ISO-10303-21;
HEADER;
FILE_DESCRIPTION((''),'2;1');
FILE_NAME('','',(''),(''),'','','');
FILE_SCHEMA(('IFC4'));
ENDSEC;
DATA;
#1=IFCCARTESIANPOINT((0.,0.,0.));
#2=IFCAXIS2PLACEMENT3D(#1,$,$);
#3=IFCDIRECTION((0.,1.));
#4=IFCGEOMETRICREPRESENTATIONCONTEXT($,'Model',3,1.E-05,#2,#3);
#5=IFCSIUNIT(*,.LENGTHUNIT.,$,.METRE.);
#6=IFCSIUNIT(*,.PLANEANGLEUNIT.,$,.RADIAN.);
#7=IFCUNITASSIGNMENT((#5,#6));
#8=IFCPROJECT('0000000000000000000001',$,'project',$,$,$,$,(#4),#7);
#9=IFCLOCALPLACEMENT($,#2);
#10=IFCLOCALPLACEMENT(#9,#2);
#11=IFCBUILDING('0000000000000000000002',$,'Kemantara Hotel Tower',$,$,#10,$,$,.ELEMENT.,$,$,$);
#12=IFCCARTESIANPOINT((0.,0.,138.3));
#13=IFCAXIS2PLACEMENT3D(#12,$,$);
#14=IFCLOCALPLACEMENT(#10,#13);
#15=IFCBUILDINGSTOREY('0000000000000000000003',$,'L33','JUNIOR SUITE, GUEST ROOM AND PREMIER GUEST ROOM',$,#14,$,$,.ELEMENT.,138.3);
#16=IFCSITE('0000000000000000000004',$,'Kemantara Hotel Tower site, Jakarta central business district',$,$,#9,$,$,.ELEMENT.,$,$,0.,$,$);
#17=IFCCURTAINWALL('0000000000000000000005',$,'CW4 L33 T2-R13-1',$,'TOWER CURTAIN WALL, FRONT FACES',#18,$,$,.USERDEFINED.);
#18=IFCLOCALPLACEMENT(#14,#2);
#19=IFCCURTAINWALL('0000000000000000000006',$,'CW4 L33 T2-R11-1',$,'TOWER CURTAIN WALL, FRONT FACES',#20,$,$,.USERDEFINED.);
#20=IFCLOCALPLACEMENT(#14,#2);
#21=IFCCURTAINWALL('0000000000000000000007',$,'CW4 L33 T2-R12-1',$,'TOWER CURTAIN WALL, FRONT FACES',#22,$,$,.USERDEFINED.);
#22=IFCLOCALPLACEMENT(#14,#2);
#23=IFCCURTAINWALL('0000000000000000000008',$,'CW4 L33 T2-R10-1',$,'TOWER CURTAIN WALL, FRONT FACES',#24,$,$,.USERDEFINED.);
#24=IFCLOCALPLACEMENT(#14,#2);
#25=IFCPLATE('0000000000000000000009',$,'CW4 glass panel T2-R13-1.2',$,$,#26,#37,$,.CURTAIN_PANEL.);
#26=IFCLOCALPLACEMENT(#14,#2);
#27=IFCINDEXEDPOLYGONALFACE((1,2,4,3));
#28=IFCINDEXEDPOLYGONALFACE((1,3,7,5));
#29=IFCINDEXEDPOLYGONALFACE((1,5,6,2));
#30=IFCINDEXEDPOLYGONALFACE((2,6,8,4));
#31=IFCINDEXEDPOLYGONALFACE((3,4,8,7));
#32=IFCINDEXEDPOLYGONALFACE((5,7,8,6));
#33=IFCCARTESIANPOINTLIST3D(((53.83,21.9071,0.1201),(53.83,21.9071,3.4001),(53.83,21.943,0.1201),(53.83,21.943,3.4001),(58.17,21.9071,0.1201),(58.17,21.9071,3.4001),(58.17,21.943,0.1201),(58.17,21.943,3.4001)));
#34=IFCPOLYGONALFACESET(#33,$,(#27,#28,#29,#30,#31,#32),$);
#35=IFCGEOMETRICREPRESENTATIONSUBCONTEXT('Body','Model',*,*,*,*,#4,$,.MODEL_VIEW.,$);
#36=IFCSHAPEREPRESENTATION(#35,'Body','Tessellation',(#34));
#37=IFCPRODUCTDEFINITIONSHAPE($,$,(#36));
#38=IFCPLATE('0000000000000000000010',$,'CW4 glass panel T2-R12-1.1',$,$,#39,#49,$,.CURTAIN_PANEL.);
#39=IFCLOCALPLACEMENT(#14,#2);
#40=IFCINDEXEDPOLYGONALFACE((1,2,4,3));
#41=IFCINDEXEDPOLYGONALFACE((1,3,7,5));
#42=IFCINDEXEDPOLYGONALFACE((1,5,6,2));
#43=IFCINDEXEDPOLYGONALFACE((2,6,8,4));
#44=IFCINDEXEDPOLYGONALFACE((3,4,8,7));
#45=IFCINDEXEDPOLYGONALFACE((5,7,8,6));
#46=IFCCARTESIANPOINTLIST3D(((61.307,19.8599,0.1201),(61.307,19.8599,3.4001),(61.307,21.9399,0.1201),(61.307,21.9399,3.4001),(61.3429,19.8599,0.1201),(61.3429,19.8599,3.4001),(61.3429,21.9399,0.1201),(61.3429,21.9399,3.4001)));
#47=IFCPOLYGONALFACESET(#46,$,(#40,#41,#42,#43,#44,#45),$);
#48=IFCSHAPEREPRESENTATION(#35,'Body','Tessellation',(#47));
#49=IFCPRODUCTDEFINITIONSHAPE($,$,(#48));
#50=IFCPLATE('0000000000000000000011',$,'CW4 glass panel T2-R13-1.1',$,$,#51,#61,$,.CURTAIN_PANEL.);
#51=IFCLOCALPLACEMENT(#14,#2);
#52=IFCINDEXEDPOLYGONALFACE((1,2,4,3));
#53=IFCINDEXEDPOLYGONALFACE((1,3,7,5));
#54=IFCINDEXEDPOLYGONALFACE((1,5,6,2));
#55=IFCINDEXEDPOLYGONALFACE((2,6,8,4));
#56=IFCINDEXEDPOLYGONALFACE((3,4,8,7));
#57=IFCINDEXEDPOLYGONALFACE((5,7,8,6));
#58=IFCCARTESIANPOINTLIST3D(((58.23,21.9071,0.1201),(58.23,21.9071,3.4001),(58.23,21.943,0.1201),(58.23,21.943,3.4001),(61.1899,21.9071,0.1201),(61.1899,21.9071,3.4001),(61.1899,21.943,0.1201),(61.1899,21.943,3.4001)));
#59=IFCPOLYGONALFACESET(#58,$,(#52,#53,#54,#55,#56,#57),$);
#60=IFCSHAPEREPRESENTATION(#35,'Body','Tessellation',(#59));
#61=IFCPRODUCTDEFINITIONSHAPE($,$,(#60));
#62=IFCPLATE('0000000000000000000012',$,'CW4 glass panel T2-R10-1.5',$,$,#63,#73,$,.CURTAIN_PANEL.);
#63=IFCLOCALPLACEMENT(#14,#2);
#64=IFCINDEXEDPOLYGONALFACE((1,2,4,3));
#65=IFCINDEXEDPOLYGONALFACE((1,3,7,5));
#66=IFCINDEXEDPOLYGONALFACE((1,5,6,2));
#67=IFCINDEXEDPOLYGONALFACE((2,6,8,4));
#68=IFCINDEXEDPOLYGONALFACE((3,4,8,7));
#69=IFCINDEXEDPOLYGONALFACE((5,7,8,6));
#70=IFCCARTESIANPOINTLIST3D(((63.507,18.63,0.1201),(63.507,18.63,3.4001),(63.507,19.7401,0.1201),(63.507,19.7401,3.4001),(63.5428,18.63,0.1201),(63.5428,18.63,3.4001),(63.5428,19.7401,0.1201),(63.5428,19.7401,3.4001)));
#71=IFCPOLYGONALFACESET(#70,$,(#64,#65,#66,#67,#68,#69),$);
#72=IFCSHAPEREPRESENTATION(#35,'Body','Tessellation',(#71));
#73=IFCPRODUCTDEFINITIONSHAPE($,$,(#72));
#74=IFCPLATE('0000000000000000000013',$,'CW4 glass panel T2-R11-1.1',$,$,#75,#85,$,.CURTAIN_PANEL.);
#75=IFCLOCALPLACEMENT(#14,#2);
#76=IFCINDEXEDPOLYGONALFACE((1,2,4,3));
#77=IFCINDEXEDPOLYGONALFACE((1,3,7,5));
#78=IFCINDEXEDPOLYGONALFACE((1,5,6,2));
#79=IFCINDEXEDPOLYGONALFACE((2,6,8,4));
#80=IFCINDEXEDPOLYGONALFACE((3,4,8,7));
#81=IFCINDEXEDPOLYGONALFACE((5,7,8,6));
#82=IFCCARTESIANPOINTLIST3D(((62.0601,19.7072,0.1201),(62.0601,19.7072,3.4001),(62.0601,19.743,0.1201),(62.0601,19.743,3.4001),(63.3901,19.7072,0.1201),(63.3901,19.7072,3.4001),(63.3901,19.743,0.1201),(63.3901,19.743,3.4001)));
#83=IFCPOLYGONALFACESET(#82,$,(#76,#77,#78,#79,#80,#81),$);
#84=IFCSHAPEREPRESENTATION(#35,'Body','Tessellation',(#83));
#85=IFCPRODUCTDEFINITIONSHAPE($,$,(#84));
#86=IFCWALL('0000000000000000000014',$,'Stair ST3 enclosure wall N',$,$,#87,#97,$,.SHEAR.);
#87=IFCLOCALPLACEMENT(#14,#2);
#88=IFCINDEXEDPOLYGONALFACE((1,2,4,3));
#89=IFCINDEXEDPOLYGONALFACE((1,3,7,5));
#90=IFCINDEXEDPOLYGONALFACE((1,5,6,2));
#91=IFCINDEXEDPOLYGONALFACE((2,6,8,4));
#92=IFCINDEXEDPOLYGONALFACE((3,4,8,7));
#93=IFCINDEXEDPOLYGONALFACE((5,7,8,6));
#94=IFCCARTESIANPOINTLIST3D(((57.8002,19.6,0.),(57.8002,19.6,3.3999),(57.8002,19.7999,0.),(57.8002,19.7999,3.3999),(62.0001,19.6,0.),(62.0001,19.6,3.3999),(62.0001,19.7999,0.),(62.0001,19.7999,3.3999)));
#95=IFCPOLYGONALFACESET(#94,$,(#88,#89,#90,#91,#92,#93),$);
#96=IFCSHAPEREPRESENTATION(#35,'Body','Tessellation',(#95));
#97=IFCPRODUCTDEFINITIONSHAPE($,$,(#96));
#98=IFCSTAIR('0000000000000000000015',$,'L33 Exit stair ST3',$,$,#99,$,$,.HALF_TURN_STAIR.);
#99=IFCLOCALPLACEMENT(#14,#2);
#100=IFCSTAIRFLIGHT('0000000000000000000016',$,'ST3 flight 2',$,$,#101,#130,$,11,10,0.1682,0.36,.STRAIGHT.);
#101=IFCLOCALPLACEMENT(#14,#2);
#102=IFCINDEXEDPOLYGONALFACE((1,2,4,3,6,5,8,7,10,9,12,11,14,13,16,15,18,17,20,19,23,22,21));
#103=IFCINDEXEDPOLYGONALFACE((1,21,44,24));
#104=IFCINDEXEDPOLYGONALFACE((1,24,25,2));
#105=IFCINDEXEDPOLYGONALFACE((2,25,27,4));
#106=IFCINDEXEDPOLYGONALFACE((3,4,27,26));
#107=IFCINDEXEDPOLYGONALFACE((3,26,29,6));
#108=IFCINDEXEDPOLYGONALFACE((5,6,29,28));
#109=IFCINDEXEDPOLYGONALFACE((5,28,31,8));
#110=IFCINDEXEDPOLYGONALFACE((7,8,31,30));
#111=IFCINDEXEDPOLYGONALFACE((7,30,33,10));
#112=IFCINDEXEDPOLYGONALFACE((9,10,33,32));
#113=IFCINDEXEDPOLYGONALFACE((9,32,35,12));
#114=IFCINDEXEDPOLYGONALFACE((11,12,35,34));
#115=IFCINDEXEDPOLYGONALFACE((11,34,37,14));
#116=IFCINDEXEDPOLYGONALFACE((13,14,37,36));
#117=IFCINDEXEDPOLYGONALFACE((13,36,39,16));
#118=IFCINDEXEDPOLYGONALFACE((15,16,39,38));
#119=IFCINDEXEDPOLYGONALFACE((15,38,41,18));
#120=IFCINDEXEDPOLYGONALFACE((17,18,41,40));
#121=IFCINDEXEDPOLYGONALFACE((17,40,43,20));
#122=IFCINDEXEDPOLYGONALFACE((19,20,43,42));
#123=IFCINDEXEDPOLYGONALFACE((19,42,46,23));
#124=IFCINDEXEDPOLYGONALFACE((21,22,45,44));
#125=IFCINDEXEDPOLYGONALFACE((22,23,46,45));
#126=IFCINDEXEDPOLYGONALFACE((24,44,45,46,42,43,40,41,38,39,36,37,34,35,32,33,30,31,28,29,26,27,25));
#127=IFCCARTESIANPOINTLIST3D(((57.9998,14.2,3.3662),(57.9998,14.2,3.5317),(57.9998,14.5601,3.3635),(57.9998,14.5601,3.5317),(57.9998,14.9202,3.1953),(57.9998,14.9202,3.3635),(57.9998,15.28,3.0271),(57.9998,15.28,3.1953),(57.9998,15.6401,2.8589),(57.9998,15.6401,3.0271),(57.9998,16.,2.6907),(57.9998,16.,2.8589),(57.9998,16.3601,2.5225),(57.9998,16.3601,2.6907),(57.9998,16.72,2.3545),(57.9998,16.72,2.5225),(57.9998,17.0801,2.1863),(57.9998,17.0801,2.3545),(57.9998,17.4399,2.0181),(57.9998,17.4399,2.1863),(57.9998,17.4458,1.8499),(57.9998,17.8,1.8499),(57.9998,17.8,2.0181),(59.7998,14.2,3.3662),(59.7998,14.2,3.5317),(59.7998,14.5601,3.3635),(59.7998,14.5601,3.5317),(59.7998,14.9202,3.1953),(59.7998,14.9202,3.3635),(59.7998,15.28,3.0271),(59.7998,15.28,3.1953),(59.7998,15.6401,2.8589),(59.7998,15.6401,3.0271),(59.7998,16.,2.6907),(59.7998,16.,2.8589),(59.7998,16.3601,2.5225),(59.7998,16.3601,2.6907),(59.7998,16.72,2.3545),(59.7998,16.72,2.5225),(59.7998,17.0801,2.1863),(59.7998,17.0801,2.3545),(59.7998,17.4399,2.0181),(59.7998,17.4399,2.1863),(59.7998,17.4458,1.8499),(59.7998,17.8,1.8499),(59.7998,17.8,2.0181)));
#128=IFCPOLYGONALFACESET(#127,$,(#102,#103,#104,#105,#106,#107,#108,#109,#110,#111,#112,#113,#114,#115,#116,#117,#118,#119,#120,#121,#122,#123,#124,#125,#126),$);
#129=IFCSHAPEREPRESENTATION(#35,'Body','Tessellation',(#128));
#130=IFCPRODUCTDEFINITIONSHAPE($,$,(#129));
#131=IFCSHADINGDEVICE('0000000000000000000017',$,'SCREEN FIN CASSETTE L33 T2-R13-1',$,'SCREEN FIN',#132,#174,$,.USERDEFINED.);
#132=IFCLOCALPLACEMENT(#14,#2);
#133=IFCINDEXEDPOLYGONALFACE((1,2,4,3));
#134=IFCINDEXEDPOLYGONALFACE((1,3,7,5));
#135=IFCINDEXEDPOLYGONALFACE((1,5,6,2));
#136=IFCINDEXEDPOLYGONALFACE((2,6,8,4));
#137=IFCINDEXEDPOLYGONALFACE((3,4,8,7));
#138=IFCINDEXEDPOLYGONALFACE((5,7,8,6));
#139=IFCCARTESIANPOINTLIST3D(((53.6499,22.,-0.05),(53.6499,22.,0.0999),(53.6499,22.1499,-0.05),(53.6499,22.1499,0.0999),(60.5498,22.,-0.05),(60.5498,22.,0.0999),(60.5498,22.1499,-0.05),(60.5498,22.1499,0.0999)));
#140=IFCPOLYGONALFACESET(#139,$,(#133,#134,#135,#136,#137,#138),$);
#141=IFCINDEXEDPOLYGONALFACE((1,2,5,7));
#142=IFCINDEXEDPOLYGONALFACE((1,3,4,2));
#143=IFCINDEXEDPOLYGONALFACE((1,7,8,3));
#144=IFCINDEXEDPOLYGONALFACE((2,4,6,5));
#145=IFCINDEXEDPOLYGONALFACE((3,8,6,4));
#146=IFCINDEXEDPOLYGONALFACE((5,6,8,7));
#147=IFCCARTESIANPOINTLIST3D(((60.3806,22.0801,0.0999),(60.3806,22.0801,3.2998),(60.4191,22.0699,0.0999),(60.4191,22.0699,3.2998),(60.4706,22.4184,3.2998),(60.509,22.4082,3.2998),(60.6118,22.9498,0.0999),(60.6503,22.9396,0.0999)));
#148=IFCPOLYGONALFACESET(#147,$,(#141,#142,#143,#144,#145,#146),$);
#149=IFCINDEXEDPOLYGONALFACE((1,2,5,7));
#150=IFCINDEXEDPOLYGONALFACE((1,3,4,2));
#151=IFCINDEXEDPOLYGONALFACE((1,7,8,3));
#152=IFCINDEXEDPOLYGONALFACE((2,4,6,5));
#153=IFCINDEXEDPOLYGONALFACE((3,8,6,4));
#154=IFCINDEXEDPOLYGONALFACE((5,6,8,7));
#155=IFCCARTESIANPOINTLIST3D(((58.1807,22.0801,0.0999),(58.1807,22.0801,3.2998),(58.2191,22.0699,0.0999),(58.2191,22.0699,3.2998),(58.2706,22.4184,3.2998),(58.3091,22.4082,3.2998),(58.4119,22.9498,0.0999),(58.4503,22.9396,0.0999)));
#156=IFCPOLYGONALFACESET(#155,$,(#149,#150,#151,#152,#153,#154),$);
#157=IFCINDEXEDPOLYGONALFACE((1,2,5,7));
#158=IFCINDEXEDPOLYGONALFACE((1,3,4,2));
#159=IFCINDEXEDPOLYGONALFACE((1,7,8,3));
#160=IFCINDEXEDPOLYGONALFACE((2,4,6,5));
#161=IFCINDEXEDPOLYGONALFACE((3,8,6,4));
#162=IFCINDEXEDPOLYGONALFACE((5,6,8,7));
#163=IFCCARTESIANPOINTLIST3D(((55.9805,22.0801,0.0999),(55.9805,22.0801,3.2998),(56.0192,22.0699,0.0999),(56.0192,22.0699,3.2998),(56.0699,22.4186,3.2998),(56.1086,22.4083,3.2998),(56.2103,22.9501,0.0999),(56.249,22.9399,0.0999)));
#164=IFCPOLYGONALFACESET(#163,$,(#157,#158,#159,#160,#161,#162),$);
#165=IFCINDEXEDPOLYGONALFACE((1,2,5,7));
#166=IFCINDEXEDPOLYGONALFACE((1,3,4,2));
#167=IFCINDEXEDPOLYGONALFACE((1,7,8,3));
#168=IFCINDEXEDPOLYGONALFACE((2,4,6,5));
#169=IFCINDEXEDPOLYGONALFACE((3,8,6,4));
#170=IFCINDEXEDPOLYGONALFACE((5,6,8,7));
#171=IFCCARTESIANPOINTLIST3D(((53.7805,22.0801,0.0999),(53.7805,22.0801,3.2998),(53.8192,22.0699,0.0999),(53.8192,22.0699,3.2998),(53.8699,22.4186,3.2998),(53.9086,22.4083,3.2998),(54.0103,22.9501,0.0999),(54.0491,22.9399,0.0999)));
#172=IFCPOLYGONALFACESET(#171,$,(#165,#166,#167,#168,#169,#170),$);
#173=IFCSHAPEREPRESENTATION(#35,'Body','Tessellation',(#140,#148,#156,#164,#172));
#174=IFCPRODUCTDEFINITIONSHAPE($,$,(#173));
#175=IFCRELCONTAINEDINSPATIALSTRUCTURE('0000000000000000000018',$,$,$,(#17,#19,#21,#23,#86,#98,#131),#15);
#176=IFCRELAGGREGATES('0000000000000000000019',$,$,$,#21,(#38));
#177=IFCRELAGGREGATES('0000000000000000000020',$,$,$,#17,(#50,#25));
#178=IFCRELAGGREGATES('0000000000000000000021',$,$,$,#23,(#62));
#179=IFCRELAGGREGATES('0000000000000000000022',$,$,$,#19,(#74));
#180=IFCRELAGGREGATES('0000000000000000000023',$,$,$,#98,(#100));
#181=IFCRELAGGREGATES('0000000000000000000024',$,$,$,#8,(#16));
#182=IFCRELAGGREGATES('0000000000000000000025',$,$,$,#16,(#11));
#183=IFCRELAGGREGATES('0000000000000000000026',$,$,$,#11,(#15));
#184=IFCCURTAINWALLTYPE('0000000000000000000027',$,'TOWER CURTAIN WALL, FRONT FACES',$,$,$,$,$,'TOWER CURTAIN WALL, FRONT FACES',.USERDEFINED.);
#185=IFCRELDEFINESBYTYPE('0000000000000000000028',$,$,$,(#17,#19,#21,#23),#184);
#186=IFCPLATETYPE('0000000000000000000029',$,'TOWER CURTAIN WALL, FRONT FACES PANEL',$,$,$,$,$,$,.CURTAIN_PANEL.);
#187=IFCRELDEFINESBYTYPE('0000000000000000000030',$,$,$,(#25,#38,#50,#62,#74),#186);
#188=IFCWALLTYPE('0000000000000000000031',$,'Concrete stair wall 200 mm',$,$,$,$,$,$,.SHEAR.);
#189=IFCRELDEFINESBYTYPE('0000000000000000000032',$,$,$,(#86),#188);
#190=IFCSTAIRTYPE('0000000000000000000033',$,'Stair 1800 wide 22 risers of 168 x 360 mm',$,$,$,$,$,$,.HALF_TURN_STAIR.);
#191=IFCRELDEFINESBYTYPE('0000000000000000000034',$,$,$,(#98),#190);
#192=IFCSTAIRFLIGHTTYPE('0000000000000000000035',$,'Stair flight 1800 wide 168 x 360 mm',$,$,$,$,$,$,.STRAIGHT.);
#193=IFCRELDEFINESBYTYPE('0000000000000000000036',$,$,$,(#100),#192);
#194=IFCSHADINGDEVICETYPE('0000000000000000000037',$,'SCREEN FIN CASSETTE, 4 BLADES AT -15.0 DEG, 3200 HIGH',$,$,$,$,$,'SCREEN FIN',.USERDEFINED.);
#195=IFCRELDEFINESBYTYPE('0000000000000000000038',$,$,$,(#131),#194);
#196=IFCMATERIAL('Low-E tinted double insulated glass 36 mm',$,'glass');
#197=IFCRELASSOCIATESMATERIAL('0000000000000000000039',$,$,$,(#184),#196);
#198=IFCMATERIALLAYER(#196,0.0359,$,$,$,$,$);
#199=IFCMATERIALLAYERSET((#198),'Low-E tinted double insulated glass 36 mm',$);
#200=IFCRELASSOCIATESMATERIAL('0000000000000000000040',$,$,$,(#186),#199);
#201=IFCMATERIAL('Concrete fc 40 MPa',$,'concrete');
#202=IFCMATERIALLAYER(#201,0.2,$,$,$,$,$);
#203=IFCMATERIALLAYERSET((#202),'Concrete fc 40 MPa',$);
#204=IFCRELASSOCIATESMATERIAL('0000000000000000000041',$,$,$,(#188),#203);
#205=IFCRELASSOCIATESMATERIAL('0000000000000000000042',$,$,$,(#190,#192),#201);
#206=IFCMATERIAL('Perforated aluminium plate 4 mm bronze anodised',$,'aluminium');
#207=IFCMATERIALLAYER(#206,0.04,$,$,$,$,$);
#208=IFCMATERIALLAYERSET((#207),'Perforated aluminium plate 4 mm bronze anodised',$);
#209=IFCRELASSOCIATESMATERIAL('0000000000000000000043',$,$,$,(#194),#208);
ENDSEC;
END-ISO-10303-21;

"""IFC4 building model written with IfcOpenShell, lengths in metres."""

from ifc_helpers import new_model, si_unit, direction, frame, frame_2d, origin, origin_2d, place, context, subcontext, project, spatial, polyline, rectangle, outline, extrude, source, transform, mapped, material, layer, layer_set, type_object, element, aggregate, save


model = new_model("IFC4")

# Units and contexts
model_context = context("Model", 3, precision=1e-05, world=origin(), true_north=direction((0.0, 1.0)))
body_context = subcontext(model_context, "Body", "Model", "MODEL_VIEW")
ifc_project = project(units=[si_unit("LENGTHUNIT", "METRE"), si_unit("PLANEANGLEUNIT", "RADIAN")], contexts=[model_context])

# Site, building, storey
site_placement = place(None, origin())
site = spatial("IfcSite", under=ifc_project, at=site_placement, Name="Kemantara Hotel Tower site, Jakarta central business district", CompositionType="ELEMENT", RefElevation=0.0)
building_placement = place(site_placement, origin())
building = spatial("IfcBuilding", under=site, at=building_placement, Name="Kemantara Hotel Tower", CompositionType="ELEMENT")
storey_placement = place(building_placement, frame((0.0, 0.0, 138.3)))
storey = spatial("IfcBuildingStorey", under=building, at=storey_placement, Name="L33", Description="JUNIOR SUITE, GUEST ROOM AND PREMIER GUEST ROOM", CompositionType="ELEMENT", Elevation=138.3)

# Curtain walls
ifc_material_1 = material(Name="Low-E tinted double insulated glass 36 mm", Category="glass")
curtain_wall_type = type_object("IfcCurtainWallType", Name="TOWER CURTAIN WALL, FRONT FACES", ElementType="TOWER CURTAIN WALL, FRONT FACES", PredefinedType="USERDEFINED", material=ifc_material_1)
curtain_wall_1_placement = place(storey_placement, origin())
curtain_wall_1 = element("IfcCurtainWall", 1, at=curtain_wall_1_placement, inside=storey, type_object=curtain_wall_type, Name="CW4 L33 T2-R13-1", ObjectType="TOWER CURTAIN WALL, FRONT FACES", PredefinedType="USERDEFINED")
curtain_wall_2_placement = place(storey_placement, origin())
curtain_wall_2 = element("IfcCurtainWall", 2, at=curtain_wall_2_placement, inside=storey, type_object=curtain_wall_type, Name="CW4 L33 T2-R11-1", ObjectType="TOWER CURTAIN WALL, FRONT FACES", PredefinedType="USERDEFINED")
curtain_wall_3_placement = place(storey_placement, origin())
curtain_wall_3 = element("IfcCurtainWall", 3, at=curtain_wall_3_placement, inside=storey, type_object=curtain_wall_type, Name="CW4 L33 T2-R12-1", ObjectType="TOWER CURTAIN WALL, FRONT FACES", PredefinedType="USERDEFINED")

# Curtain wall
curtain_wall_4_placement = place(storey_placement, origin())
curtain_wall_4 = element("IfcCurtainWall", 4, at=curtain_wall_4_placement, inside=storey, type_object=curtain_wall_type, Name="CW4 L33 T2-R10-1", ObjectType="TOWER CURTAIN WALL, FRONT FACES", PredefinedType="USERDEFINED")

# Plates
ifc_layer_1 = layer(ifc_material_1, 0.0359)
ifc_layer_set_1 = layer_set([ifc_layer_1], Name="Low-E tinted double insulated glass 36 mm")
plate_type = type_object("IfcPlateType", Name="TOWER CURTAIN WALL, FRONT FACES PANEL", PredefinedType="CURTAIN_PANEL", material=ifc_layer_set_1)
shared_shape_1 = source(origin(), body_context, "Body", "SweptSolid", [
    extrude(rectangle(XDim=4.3401, YDim=0.0359, at=origin_2d()), origin(), (0.0, 0.0, 1.0), 3.28),
])
plate_1_placement = place(storey_placement, frame((56.0, 21.925, 0.1201), z_axis=(0.0, 0.0, 1.0), x_axis=(-1.0, 0.0, 0.0)))
plate_1 = element("IfcPlate", 5, at=plate_1_placement, type_object=plate_type, Name="CW4 glass panel T2-R13-1.2", PredefinedType="CURTAIN_PANEL", context=body_context, shape_type="MappedRepresentation", body=[
    mapped(shared_shape_1, transform((0.0, 0.0, 0.0))),
])
shared_shape_2 = source(origin(), body_context, "Body", "SweptSolid", [
    extrude(rectangle(XDim=2.0801, YDim=0.0359, at=origin_2d()), origin(), (0.0, 0.0, 1.0), 3.28),
])
plate_2_placement = place(storey_placement, frame((61.325, 20.8999, 0.1201), z_axis=(0.0, 0.0, 1.0), x_axis=(0.0, 1.0, 0.0)))
plate_2 = element("IfcPlate", 6, at=plate_2_placement, type_object=plate_type, Name="CW4 glass panel T2-R12-1.1", PredefinedType="CURTAIN_PANEL", context=body_context, shape_type="MappedRepresentation", body=[
    mapped(shared_shape_2, transform((0.0, 0.0, 0.0))),
])
aggregate(curtain_wall_3, [plate_2])
shared_shape_3 = source(origin(), body_context, "Body", "SweptSolid", [
    extrude(rectangle(XDim=2.96, YDim=0.0359, at=origin_2d()), origin(), (0.0, 0.0, 1.0), 3.28),
])
plate_3_placement = place(storey_placement, frame((59.71, 21.925, 0.1201), z_axis=(0.0, 0.0, 1.0), x_axis=(-1.0, 0.0, 0.0)))
plate_3 = element("IfcPlate", 7, at=plate_3_placement, type_object=plate_type, Name="CW4 glass panel T2-R13-1.1", PredefinedType="CURTAIN_PANEL", context=body_context, shape_type="MappedRepresentation", body=[
    mapped(shared_shape_3, transform((0.0, 0.0, 0.0))),
])
aggregate(curtain_wall_1, [plate_3, plate_1])
shared_shape_4 = source(origin(), body_context, "Body", "SweptSolid", [
    extrude(rectangle(XDim=1.1101, YDim=0.0359, at=origin_2d()), origin(), (0.0, 0.0, 1.0), 3.28),
])
plate_4_placement = place(storey_placement, frame((63.5249, 19.1851, 0.1201), z_axis=(0.0, 0.0, 1.0), x_axis=(0.0, 1.0, 0.0)))
plate_4 = element("IfcPlate", 8, at=plate_4_placement, type_object=plate_type, Name="CW4 glass panel T2-R10-1.5", PredefinedType="CURTAIN_PANEL", context=body_context, shape_type="MappedRepresentation", body=[
    mapped(shared_shape_4, transform((0.0, 0.0, 0.0))),
])
aggregate(curtain_wall_4, [plate_4])
shared_shape_5 = source(origin(), body_context, "Body", "SweptSolid", [
    extrude(rectangle(XDim=1.3301, YDim=0.0359, at=origin_2d()), origin(), (0.0, 0.0, 1.0), 3.28),
])
plate_5_placement = place(storey_placement, frame((62.7251, 19.7251, 0.1201), z_axis=(0.0, 0.0, 1.0), x_axis=(-1.0, 0.0, 0.0)))
plate_5 = element("IfcPlate", 9, at=plate_5_placement, type_object=plate_type, Name="CW4 glass panel T2-R11-1.1", PredefinedType="CURTAIN_PANEL", context=body_context, shape_type="MappedRepresentation", body=[
    mapped(shared_shape_5, transform((0.0, 0.0, 0.0))),
])
aggregate(curtain_wall_2, [plate_5])

# Wall
ifc_material_2 = material(Name="Concrete fc 40 MPa", Category="concrete")
ifc_layer_2 = layer(ifc_material_2, 0.2)
ifc_layer_set_2 = layer_set([ifc_layer_2], Name="Concrete fc 40 MPa")
wall_type = type_object("IfcWallType", Name="Concrete stair wall 200 mm", PredefinedType="SHEAR", material=ifc_layer_set_2)
wall_placement = place(storey_placement, frame((57.8, 19.7, 0.0), z_axis=(0.0, 0.0, 1.0), x_axis=(1.0, 0.0, 0.0)))
element("IfcWall", 10, at=wall_placement, inside=storey, type_object=wall_type, Name="Stair ST3 enclosure wall N", PredefinedType="SHEAR", context=body_context, shape_type="SweptSolid", body=[
    extrude(rectangle(XDim=4.2, YDim=0.2, at=frame_2d((2.1001, 0.0))), origin(), (0.0, 0.0, 1.0), 3.3999),
])

# Stair, stair flight
stair_type = type_object("IfcStairType", Name="Stair 1800 wide 22 risers of 168 x 360 mm", PredefinedType="HALF_TURN_STAIR", material=ifc_material_2)
stair_placement = place(storey_placement, origin())
stair = element("IfcStair", 11, at=stair_placement, inside=storey, type_object=stair_type, Name="L33 Exit stair ST3", PredefinedType="HALF_TURN_STAIR")
stair_flight_type = type_object("IfcStairFlightType", Name="Stair flight 1800 wide 168 x 360 mm", PredefinedType="STRAIGHT", material=ifc_material_2)
stair_flight_placement = place(storey_placement, frame((58.8999, 17.8, 1.8499), z_axis=(0.0, 0.0, 1.0), x_axis=(0.0, -1.0, 0.0)))
stair_flight = element("IfcStairFlight", 12, at=stair_flight_placement, type_object=stair_flight_type, Name="ST3 flight 2", NumberOfRisers=11, NumberOfTreads=10, PredefinedType="STRAIGHT", RiserHeight=0.1682, TreadLength=0.36, context=body_context, shape_type="SweptSolid", body=[
    extrude(outline(polyline([(0.0, 0.0), (0.0, 0.1682), (0.3601, 0.1682), (0.3601, 0.3364), (0.72, 0.3364), (0.72, 0.5046), (1.0801, 0.5046), (1.0801, 0.6726), (1.4399, 0.6726), (1.4399, 0.8408), (1.8, 0.8408), (1.8, 1.009), (2.1599, 1.009), (2.1599, 1.1772), (2.52, 1.1772), (2.52, 1.3455), (2.8799, 1.3455), (2.8799, 1.5137), (3.24, 1.5137), (3.24, 1.6819), (3.6001, 1.6819), (3.6001, 1.8501), (3.6001, 1.5164), (0.3542, 0.0), (0.0, 0.0)])), frame((0.0, 0.8999, 0.0), z_axis=(0.0, -1.0, 0.0), x_axis=(1.0, 0.0, 0.0)), (0.0, 0.0, 1.0), 1.8),
])
aggregate(stair, [stair_flight])

# Shading device
ifc_material_3 = material(Name="Perforated aluminium plate 4 mm bronze anodised", Category="aluminium")
ifc_layer_3 = layer(ifc_material_3, 0.04)
ifc_layer_set_3 = layer_set([ifc_layer_3], Name="Perforated aluminium plate 4 mm bronze anodised")
shading_device_type_1 = type_object("IfcShadingDeviceType", Name="SCREEN FIN CASSETTE, 4 BLADES AT -15.0 DEG, 3200 HIGH", ElementType="SCREEN FIN", PredefinedType="USERDEFINED", material=ifc_layer_set_3)
shared_shape_6 = source(origin(), body_context, "Body", "SweptSolid", [
    extrude(rectangle(XDim=6.8999, YDim=0.1499, at=origin_2d()), frame((3.3, -0.075, -0.1499), z_axis=(0.0, 0.0, 1.0), x_axis=(1.0, 0.0, 0.0)), (0.0, 0.0, 1.0), 0.1499),
    extrude(outline(polyline([(0.0, 0.0), (0.8999, 0.0), (0.3501, 3.2), (0.0, 3.2), (0.0, 0.0)])), frame((0.0193, -0.0801, 0.0), z_axis=(-0.966438, 0.256901, 0.0), x_axis=(-0.256901, -0.966438, 0.0)), (0.0, 0.0, 1.0), 0.0398),
    extrude(outline(polyline([(0.0, 0.0), (0.8999, 0.0), (0.3501, 3.2), (0.0, 3.2), (0.0, 0.0)])), frame((2.2192, -0.0801, 0.0), z_axis=(-0.966438, 0.256901, 0.0), x_axis=(-0.256901, -0.966438, 0.0)), (0.0, 0.0, 1.0), 0.0398),
    extrude(outline(polyline([(0.0, 0.0), (0.8999, 0.0), (0.3501, 3.2), (0.0, 3.2), (0.0, 0.0)])), frame((4.4194, -0.0801, 0.0), z_axis=(-0.966838, 0.255391, 0.0), x_axis=(-0.255391, -0.966838, 0.0)), (0.0, 0.0, 1.0), 0.04),
    extrude(outline(polyline([(0.0, 0.0), (0.8999, 0.0), (0.3501, 3.2), (0.0, 3.2), (0.0, 0.0)])), frame((6.6194, -0.0801, 0.0), z_axis=(-0.966838, 0.255391, 0.0), x_axis=(-0.255391, -0.966838, 0.0)), (0.0, 0.0, 1.0), 0.04),
])
shading_device_1_placement = place(storey_placement, frame((60.3999, 22.0, 0.0999), z_axis=(0.0, 0.0, 1.0), x_axis=(-1.0, 0.0, 0.0)))
element("IfcShadingDevice", 13, at=shading_device_1_placement, inside=storey, type_object=shading_device_type_1, Name="SCREEN FIN CASSETTE L33 T2-R13-1", ObjectType="SCREEN FIN", PredefinedType="USERDEFINED", context=body_context, shape_type="MappedRepresentation", body=[
    mapped(shared_shape_6, transform((0.0, 0.0, 0.0))),
])

save(model, "model.ifc")
